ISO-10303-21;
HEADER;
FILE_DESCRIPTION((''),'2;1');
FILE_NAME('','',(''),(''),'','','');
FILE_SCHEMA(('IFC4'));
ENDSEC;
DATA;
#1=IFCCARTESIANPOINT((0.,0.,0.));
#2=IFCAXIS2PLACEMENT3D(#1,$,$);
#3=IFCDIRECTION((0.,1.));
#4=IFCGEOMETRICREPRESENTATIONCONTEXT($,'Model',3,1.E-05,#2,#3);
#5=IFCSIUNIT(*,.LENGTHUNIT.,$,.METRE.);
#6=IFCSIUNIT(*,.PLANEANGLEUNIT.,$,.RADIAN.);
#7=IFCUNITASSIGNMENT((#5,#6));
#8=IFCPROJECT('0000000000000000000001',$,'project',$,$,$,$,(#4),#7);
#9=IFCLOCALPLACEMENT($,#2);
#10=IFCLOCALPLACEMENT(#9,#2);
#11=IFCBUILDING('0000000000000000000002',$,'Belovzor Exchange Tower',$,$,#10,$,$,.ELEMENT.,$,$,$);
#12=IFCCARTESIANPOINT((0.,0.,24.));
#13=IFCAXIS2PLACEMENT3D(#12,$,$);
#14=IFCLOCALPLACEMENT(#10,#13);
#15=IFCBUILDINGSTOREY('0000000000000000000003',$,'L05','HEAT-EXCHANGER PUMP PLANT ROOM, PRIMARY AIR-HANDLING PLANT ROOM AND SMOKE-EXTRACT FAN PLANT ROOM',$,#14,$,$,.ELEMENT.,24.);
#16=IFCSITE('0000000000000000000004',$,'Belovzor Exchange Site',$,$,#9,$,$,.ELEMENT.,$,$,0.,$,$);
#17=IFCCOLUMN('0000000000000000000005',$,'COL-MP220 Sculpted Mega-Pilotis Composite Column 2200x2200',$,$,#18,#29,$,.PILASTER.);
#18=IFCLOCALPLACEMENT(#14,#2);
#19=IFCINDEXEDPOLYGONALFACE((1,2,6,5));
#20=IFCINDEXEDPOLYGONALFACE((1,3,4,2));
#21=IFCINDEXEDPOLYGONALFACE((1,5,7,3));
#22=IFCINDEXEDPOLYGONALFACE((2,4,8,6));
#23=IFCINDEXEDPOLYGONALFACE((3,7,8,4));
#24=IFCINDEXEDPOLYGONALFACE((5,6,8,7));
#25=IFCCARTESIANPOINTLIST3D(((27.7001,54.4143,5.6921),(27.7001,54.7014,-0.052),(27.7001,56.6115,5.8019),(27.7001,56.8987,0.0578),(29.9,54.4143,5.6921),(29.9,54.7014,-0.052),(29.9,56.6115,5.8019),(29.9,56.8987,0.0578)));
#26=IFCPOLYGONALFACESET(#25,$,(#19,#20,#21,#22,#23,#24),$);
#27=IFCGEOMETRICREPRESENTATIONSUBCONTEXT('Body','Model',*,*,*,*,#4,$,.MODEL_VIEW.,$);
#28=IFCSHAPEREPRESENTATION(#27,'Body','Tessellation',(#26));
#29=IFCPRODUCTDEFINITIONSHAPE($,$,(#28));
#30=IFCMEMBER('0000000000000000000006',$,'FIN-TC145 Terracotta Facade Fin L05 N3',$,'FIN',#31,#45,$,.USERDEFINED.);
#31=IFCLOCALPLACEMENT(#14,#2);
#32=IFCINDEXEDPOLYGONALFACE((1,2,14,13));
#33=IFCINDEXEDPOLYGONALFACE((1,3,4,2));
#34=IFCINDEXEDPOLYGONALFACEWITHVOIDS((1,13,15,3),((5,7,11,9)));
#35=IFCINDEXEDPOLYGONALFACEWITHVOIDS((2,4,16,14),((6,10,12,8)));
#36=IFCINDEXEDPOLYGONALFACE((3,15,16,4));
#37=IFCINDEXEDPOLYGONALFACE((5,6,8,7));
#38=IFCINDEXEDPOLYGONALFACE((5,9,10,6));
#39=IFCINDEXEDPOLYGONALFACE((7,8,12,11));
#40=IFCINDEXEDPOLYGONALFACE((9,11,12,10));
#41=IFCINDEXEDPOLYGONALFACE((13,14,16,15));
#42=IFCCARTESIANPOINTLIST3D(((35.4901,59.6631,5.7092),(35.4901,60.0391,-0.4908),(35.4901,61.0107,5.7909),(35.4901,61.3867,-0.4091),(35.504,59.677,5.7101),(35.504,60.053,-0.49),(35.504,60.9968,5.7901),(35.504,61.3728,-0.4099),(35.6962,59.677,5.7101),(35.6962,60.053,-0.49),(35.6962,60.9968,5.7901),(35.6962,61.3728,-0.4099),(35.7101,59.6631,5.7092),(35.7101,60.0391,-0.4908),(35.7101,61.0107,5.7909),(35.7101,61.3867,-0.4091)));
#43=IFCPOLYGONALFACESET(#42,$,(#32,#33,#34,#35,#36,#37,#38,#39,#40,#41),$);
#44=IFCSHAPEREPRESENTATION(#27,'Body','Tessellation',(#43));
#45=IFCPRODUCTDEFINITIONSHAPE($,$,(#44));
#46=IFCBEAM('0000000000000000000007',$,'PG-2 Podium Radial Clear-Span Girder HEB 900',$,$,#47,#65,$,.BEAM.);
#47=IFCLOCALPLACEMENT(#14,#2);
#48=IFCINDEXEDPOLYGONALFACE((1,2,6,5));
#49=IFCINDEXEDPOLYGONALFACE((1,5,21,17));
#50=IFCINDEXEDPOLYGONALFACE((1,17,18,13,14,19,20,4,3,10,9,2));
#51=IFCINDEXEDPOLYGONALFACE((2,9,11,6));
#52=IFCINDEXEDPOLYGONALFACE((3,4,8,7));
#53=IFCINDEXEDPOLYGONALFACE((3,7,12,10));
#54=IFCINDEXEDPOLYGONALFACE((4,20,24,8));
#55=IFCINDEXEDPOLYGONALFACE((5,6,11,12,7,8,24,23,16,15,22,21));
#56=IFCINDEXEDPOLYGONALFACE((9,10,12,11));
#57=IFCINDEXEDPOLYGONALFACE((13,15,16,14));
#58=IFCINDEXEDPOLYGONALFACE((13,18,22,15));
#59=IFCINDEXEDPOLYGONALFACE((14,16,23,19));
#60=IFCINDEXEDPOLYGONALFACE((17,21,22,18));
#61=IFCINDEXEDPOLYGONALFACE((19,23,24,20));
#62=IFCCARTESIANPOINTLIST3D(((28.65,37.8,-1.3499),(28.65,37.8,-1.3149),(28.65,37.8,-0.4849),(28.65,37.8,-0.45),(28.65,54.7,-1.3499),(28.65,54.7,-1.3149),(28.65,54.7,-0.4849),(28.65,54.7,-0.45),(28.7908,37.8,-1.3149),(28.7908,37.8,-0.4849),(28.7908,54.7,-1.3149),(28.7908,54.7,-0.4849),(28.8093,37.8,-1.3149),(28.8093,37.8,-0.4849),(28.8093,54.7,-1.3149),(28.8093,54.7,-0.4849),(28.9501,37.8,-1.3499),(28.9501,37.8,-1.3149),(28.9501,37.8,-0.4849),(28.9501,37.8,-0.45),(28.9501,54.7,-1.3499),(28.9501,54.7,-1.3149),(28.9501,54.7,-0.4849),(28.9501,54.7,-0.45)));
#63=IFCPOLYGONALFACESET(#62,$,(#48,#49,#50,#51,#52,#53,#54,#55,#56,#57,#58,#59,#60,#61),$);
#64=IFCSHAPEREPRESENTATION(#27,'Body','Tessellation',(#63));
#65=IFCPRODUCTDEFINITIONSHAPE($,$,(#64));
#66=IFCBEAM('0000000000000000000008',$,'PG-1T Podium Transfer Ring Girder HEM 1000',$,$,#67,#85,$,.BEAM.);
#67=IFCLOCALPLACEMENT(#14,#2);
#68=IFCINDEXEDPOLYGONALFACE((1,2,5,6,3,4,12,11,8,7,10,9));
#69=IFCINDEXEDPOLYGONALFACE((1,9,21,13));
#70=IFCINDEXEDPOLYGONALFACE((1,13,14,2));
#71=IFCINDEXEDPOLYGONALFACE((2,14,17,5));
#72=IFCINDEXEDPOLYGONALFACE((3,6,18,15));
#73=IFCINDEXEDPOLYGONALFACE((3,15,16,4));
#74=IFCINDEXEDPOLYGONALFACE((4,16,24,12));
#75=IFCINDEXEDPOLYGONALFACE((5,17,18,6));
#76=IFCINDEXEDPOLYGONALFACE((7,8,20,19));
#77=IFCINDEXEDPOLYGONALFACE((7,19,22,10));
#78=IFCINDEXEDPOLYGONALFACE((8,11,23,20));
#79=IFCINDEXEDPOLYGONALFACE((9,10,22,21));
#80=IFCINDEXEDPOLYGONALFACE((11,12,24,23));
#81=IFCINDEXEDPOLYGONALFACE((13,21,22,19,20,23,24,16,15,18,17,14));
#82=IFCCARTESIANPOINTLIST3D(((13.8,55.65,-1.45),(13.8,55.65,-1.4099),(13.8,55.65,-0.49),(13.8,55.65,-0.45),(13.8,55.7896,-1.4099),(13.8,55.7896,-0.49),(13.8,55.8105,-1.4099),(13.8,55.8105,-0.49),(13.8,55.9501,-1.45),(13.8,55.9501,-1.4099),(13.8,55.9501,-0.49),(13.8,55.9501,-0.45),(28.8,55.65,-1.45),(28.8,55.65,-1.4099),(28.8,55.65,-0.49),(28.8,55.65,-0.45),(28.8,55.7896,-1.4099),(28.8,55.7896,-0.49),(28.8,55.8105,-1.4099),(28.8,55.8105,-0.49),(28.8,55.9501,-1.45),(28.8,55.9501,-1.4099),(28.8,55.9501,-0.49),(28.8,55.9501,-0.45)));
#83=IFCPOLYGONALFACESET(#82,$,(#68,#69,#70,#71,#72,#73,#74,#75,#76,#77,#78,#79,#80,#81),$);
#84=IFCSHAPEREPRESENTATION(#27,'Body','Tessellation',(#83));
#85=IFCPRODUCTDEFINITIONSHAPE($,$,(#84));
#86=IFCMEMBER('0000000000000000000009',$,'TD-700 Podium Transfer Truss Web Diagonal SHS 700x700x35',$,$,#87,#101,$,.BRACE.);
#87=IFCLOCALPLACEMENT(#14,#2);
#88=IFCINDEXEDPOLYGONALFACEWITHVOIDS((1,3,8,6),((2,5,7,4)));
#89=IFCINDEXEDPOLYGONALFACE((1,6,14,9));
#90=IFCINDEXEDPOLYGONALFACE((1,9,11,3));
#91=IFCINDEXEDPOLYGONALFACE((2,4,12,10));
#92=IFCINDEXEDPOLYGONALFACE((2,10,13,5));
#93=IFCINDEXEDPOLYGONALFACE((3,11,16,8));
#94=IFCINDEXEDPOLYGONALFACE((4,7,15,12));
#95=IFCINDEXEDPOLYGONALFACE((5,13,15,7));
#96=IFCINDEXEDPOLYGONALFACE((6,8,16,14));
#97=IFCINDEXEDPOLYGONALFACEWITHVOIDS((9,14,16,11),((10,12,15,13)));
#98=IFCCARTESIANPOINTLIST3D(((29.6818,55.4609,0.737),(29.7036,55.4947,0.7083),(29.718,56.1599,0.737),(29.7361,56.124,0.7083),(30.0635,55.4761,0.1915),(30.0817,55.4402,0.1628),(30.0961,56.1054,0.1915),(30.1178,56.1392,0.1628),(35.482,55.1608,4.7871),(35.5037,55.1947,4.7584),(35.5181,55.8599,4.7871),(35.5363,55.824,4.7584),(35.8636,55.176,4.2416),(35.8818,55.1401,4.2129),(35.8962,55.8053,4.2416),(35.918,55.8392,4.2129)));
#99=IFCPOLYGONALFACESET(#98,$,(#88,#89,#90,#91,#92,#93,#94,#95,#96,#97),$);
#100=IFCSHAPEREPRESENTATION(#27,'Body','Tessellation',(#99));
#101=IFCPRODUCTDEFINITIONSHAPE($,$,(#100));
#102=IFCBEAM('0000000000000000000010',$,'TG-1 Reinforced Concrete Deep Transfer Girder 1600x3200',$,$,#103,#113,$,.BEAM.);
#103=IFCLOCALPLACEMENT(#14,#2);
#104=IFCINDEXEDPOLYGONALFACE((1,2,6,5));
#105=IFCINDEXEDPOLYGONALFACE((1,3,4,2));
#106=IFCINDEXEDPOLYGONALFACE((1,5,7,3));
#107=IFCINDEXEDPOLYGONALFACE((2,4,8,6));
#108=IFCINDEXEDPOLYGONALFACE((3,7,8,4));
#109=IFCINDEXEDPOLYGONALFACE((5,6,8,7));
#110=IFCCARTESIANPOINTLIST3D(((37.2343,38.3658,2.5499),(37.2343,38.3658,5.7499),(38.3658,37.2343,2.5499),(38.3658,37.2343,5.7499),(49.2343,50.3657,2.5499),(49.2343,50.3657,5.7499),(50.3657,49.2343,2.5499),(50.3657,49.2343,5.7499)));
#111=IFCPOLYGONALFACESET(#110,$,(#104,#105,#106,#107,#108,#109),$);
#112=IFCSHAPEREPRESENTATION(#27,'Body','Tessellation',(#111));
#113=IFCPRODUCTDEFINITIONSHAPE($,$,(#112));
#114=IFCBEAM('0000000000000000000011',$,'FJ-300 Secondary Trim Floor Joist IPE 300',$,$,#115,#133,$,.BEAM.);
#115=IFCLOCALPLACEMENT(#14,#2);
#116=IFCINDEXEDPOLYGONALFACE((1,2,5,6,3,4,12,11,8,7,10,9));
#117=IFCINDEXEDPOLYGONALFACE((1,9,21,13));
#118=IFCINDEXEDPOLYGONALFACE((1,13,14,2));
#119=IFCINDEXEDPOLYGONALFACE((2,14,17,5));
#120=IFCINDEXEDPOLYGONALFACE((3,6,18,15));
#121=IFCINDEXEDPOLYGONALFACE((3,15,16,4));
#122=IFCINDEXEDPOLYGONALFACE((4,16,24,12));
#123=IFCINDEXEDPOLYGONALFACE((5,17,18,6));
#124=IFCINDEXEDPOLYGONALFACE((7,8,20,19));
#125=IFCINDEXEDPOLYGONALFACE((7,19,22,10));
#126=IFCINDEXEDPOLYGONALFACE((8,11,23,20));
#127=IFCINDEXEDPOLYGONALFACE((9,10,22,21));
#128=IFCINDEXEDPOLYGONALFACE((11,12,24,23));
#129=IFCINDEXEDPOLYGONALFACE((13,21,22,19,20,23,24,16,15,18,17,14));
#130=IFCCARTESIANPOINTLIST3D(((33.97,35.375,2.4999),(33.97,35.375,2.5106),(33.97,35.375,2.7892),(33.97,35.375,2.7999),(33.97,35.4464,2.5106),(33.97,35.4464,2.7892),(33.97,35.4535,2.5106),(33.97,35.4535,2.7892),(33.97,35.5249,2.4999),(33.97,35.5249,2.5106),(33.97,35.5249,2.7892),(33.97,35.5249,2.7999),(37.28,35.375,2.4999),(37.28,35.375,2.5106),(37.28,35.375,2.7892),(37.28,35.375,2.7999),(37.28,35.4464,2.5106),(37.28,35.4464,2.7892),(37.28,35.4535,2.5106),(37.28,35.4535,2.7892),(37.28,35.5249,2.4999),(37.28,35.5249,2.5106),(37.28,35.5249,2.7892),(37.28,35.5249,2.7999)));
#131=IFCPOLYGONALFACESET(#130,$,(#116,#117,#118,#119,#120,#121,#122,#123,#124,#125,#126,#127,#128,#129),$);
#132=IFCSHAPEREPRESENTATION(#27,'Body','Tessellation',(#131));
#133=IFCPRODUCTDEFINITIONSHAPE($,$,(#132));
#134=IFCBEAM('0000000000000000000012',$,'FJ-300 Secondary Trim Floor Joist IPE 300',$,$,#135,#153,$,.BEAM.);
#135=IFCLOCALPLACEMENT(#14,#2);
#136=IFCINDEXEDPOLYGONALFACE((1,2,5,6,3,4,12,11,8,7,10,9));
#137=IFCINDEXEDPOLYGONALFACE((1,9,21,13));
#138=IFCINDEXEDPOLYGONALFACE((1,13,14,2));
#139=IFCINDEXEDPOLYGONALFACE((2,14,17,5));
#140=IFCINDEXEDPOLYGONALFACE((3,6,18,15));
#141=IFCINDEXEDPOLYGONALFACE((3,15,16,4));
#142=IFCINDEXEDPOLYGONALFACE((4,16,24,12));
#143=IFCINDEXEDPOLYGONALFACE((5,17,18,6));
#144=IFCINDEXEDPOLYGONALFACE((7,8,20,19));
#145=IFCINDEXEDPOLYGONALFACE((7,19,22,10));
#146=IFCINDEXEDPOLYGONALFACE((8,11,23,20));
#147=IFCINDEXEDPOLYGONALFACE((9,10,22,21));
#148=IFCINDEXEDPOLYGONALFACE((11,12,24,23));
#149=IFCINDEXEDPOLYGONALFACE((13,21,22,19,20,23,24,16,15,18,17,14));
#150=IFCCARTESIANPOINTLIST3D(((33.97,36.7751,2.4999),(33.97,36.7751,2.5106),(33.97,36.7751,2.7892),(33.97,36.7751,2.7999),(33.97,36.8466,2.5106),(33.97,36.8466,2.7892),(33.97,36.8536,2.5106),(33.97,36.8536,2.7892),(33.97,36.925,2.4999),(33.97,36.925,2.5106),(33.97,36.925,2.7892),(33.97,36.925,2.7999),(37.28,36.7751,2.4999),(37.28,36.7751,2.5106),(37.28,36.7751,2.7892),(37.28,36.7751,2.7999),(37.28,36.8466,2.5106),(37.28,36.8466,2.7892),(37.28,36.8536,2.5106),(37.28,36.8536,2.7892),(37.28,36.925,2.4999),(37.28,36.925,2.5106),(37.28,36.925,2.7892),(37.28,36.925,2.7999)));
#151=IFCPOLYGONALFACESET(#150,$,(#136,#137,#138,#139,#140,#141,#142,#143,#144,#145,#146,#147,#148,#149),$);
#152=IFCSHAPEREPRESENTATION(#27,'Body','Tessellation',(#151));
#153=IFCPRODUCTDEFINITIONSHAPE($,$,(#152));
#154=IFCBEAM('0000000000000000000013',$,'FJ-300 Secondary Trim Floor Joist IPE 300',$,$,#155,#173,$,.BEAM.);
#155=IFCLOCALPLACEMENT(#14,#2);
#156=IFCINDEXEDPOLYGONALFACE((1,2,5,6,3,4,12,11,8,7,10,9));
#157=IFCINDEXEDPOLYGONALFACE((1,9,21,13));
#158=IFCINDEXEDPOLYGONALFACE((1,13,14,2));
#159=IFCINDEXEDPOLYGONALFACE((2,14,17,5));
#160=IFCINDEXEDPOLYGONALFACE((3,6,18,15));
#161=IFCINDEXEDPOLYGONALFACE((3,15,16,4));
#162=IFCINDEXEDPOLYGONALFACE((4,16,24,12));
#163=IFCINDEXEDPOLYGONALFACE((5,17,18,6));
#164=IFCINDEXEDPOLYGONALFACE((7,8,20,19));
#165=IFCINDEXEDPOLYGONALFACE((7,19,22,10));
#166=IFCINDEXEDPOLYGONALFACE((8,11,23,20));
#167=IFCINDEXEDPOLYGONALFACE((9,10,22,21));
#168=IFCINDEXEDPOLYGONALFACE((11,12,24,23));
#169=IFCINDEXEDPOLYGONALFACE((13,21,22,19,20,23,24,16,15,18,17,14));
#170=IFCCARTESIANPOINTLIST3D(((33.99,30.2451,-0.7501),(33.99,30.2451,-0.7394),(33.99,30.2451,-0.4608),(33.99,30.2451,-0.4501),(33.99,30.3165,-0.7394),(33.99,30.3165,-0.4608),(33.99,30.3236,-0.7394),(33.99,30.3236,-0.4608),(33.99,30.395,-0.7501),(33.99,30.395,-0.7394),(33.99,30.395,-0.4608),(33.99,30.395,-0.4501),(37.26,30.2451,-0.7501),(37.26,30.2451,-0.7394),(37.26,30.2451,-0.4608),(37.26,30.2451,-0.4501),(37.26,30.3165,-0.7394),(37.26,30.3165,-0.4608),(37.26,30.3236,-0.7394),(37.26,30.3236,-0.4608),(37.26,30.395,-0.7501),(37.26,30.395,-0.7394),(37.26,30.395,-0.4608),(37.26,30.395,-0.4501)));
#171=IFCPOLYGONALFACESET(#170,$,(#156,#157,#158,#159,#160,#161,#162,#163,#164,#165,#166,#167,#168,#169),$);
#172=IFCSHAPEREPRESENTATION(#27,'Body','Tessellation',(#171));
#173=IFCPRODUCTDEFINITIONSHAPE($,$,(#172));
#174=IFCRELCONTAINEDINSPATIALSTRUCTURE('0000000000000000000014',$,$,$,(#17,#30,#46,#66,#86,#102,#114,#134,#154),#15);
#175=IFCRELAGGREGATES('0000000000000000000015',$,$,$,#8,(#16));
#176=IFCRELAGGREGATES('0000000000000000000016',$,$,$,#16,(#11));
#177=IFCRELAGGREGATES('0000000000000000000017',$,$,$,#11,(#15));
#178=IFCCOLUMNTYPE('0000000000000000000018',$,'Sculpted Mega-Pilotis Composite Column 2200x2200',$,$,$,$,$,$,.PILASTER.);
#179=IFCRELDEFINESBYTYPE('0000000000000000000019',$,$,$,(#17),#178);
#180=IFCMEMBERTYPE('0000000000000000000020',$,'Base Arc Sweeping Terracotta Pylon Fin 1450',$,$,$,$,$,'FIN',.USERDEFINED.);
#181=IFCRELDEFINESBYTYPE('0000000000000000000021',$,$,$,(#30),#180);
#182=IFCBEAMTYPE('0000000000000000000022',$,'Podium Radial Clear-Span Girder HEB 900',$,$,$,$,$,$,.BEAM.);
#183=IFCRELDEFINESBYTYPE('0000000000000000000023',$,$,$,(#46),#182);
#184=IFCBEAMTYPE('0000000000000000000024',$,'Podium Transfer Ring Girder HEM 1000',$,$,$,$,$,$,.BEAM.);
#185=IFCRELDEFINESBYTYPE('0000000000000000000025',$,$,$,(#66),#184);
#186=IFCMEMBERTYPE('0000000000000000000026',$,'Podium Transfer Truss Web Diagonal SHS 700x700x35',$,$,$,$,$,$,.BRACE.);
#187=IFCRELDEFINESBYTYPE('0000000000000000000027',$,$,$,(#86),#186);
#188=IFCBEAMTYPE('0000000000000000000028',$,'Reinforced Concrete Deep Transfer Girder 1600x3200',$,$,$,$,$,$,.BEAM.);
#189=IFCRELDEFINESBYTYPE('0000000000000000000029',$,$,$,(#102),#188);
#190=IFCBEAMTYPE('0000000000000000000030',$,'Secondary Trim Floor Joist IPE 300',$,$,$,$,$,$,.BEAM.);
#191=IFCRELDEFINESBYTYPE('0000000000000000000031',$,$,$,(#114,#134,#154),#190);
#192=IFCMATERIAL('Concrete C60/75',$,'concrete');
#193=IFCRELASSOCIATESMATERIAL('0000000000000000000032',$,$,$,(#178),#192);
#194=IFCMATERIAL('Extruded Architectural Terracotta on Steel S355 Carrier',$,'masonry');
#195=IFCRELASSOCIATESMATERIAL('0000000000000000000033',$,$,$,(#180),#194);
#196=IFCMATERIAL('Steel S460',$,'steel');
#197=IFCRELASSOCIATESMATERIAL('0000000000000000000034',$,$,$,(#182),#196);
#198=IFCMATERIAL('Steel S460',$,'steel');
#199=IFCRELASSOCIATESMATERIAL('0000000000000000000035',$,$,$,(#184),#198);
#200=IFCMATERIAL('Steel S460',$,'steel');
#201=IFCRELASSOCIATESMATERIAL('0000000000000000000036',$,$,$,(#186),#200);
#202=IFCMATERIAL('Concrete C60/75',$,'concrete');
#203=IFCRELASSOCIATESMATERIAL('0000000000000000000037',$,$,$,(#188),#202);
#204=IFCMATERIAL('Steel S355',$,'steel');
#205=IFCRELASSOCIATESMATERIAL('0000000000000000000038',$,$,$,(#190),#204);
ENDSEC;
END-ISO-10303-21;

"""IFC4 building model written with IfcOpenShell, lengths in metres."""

from ifc_helpers import new_model, si_unit, direction, frame, origin, origin_2d, place, context, subcontext, project, spatial, rectangle, hollow_rectangle, i_section, extrude, material, material_profile, profile_set, type_object, element, save


model = new_model("IFC4")

# Units and contexts
model_context = context("Model", 3, precision=1e-05, world=origin(), true_north=direction((0.0, 1.0)))
body_context = subcontext(model_context, "Body", "Model", "MODEL_VIEW")
ifc_project = project(units=[si_unit("LENGTHUNIT", "METRE"), si_unit("PLANEANGLEUNIT", "RADIAN")], contexts=[model_context])

# Site, building, storey
site_placement = place(None, origin())
site = spatial("IfcSite", under=ifc_project, at=site_placement, Name="Belovzor Exchange Site", CompositionType="ELEMENT", RefElevation=0.0)
building_placement = place(site_placement, origin())
building = spatial("IfcBuilding", under=site, at=building_placement, Name="Belovzor Exchange Tower", CompositionType="ELEMENT")
storey_placement = place(building_placement, frame((0.0, 0.0, 24.0)))
storey = spatial("IfcBuildingStorey", under=building, at=storey_placement, Name="L05", Description="HEAT-EXCHANGER PUMP PLANT ROOM, PRIMARY AIR-HANDLING PLANT ROOM AND SMOKE-EXTRACT FAN PLANT ROOM", CompositionType="ELEMENT", Elevation=24.0)

# Column
ifc_material_1 = material(Name="Concrete C60/75", Category="concrete")
ifc_material_profile_1 = material_profile(ifc_material_1, rectangle(XDim=2.2, YDim=2.2, at=origin_2d()))
ifc_profile_set_1 = profile_set([ifc_material_profile_1], Name="Concrete C60/75")
column_type = type_object("IfcColumnType", Name="Sculpted Mega-Pilotis Composite Column 2200x2200", PredefinedType="PILASTER", material=ifc_profile_set_1)
column_placement = place(storey_placement, frame((28.8, 55.8, 0.0029), z_axis=(0.0, -0.049921, 0.998753), x_axis=(1.0, 0.0, 0.0)))
element("IfcColumn", 1, at=column_placement, inside=storey, type_object=column_type, Name="COL-MP220 Sculpted Mega-Pilotis Composite Column 2200x2200", PredefinedType="PILASTER", context=body_context, shape_type="SweptSolid", body=[
    extrude(rectangle(XDim=2.2, YDim=2.2, at=origin_2d()), origin(), (0.0, 0.0, 1.0), 5.7512),
])

# Member
ifc_material_2 = material(Name="Extruded Architectural Terracotta on Steel S355 Carrier", Category="masonry")
ifc_material_profile_2 = material_profile(ifc_material_2, hollow_rectangle(XDim=0.22, YDim=1.3501, WallThickness=0.0139, at=origin_2d()))
ifc_profile_set_2 = profile_set([ifc_material_profile_2], Name="Extruded Architectural Terracotta on Steel S355 Carrier")
member_type_1 = type_object("IfcMemberType", Name="Base Arc Sweeping Terracotta Pylon Fin 1450", ElementType="FIN", PredefinedType="USERDEFINED", material=ifc_profile_set_2)
member_1_placement = place(storey_placement, frame((35.6001, 60.7129, -0.45), z_axis=(0.0, -0.060531, 0.998166), x_axis=(1.0, 0.0, 0.0)))
element("IfcMember", 2, at=member_1_placement, inside=storey, type_object=member_type_1, Name="FIN-TC145 Terracotta Facade Fin L05 N3", ObjectType="FIN", PredefinedType="USERDEFINED", context=body_context, shape_type="SweptSolid", body=[
    extrude(hollow_rectangle(XDim=0.22, YDim=1.3501, WallThickness=0.0139, at=origin_2d()), origin(), (0.0, 0.0, 1.0), 6.2114),
])

# Beams
ifc_material_3 = material(Name="Steel S460", Category="steel")
ifc_material_profile_3 = material_profile(ifc_material_3, i_section(OverallWidth=0.3, OverallDepth=0.8999, WebThickness=0.0186, FlangeThickness=0.0349, at=origin_2d()))
ifc_profile_set_3 = profile_set([ifc_material_profile_3], Name="Steel S460")
beam_type_1 = type_object("IfcBeamType", Name="Podium Radial Clear-Span Girder HEB 900", PredefinedType="BEAM", material=ifc_profile_set_3)
beam_1_placement = place(storey_placement, frame((28.8, 37.8, -0.8999), z_axis=(0.0, 1.0, 0.0), x_axis=(-1.0, 0.0, 0.0)))
element("IfcBeam", 3, at=beam_1_placement, inside=storey, type_object=beam_type_1, Name="PG-2 Podium Radial Clear-Span Girder HEB 900", PredefinedType="BEAM", context=body_context, shape_type="SweptSolid", body=[
    extrude(i_section(OverallWidth=0.3, OverallDepth=0.8999, WebThickness=0.0186, FlangeThickness=0.0349, at=origin_2d()), origin(), (0.0, 0.0, 1.0), 16.8999),
])
ifc_material_4 = material(Name="Steel S460", Category="steel")
ifc_material_profile_4 = material_profile(ifc_material_4, i_section(OverallWidth=0.3, OverallDepth=1.0, WebThickness=0.021, FlangeThickness=0.04, at=origin_2d()))
ifc_profile_set_4 = profile_set([ifc_material_profile_4], Name="Steel S460")
beam_type_2 = type_object("IfcBeamType", Name="Podium Transfer Ring Girder HEM 1000", PredefinedType="BEAM", material=ifc_profile_set_4)
beam_2_placement = place(storey_placement, frame((28.8, 55.8, -0.95), z_axis=(-1.0, 0.0, 0.0), x_axis=(0.0, -1.0, 0.0)))
element("IfcBeam", 4, at=beam_2_placement, inside=storey, type_object=beam_type_2, Name="PG-1T Podium Transfer Ring Girder HEM 1000", PredefinedType="BEAM", context=body_context, shape_type="SweptSolid", body=[
    extrude(i_section(OverallWidth=0.3, OverallDepth=1.0, WebThickness=0.021, FlangeThickness=0.04, at=origin_2d()), origin(), (0.0, 0.0, 1.0), 15.0),
])

# Member
ifc_material_5 = material(Name="Steel S460", Category="steel")
ifc_material_profile_5 = material_profile(ifc_material_5, hollow_rectangle(XDim=0.7, YDim=0.7, WallThickness=0.0349, at=origin_2d()))
ifc_profile_set_5 = profile_set([ifc_material_profile_5], Name="Steel S460")
member_type_2 = type_object("IfcMemberType", Name="Podium Transfer Truss Web Diagonal SHS 700x700x35", PredefinedType="BRACE", material=ifc_profile_set_5)
member_2_placement = place(storey_placement, frame((35.7, 55.5, 4.5), z_axis=(-0.819158, 0.042377, -0.572), x_axis=(-0.051663, -0.998665, 0.0)))
element("IfcMember", 5, at=member_2_placement, inside=storey, type_object=member_type_2, Name="TD-700 Podium Transfer Truss Web Diagonal SHS 700x700x35", PredefinedType="BRACE", context=body_context, shape_type="SweptSolid", body=[
    extrude(hollow_rectangle(XDim=0.7, YDim=0.7, WallThickness=0.0349, at=origin_2d()), origin(), (0.0, 0.0, 1.0), 7.0806),
])

# Beams
ifc_material_6 = material(Name="Concrete C60/75", Category="concrete")
ifc_material_profile_6 = material_profile(ifc_material_6, rectangle(XDim=1.6001, YDim=3.2, at=origin_2d()))
ifc_profile_set_6 = profile_set([ifc_material_profile_6], Name="Concrete C60/75")
beam_type_3 = type_object("IfcBeamType", Name="Reinforced Concrete Deep Transfer Girder 1600x3200", PredefinedType="BEAM", material=ifc_profile_set_6)
beam_3_placement = place(storey_placement, frame((37.8, 37.8, 4.1499), z_axis=(0.707107, 0.707107, 0.0), x_axis=(-0.707107, 0.707107, 0.0)))
element("IfcBeam", 6, at=beam_3_placement, inside=storey, type_object=beam_type_3, Name="TG-1 Reinforced Concrete Deep Transfer Girder 1600x3200", PredefinedType="BEAM", context=body_context, shape_type="SweptSolid", body=[
    extrude(rectangle(XDim=1.6001, YDim=3.2, at=origin_2d()), origin(), (0.0, 0.0, 1.0), 16.9705),
])
ifc_material_7 = material(Name="Steel S355", Category="steel")
ifc_material_profile_7 = material_profile(ifc_material_7, i_section(OverallWidth=0.1499, OverallDepth=0.3, WebThickness=0.0071, FlangeThickness=0.0107, at=origin_2d()))
ifc_profile_set_7 = profile_set([ifc_material_profile_7], Name="Steel S355")
beam_type_4 = type_object("IfcBeamType", Name="Secondary Trim Floor Joist IPE 300", PredefinedType="BEAM", material=ifc_profile_set_7)
for number, where, z_axis, x_axis, name in (
    (7, (37.28, 35.45, 2.6499), (-1.0, 0.0, 0.0), (0.0, -1.0, 0.0), "FJ-300 Secondary Trim Floor Joist IPE 300"),
    (8, (37.28, 36.8501, 2.6499), (-1.0, 0.0, 0.0), (0.0, -1.0, 0.0), "FJ-300 Secondary Trim Floor Joist IPE 300"),
):
    element("IfcBeam", number, at=place(storey_placement, frame(where, z_axis=z_axis, x_axis=x_axis)), inside=storey, type_object=beam_type_4, Name=name, PredefinedType="BEAM", context=body_context, shape_type="SweptSolid", body=[
        extrude(i_section(OverallWidth=0.1499, OverallDepth=0.3, WebThickness=0.0071, FlangeThickness=0.0107, at=origin_2d()), origin(), (0.0, 0.0, 1.0), 3.3101),
    ])
beam_4_placement = place(storey_placement, frame((37.26, 30.3201, -0.6001), z_axis=(-1.0, 0.0, 0.0), x_axis=(0.0, -1.0, 0.0)))
element("IfcBeam", 9, at=beam_4_placement, inside=storey, type_object=beam_type_4, Name="FJ-300 Secondary Trim Floor Joist IPE 300", PredefinedType="BEAM", context=body_context, shape_type="SweptSolid", body=[
    extrude(i_section(OverallWidth=0.1499, OverallDepth=0.3, WebThickness=0.0071, FlangeThickness=0.0107, at=origin_2d()), origin(), (0.0, 0.0, 1.0), 3.27),
])

save(model, "model.ifc")
